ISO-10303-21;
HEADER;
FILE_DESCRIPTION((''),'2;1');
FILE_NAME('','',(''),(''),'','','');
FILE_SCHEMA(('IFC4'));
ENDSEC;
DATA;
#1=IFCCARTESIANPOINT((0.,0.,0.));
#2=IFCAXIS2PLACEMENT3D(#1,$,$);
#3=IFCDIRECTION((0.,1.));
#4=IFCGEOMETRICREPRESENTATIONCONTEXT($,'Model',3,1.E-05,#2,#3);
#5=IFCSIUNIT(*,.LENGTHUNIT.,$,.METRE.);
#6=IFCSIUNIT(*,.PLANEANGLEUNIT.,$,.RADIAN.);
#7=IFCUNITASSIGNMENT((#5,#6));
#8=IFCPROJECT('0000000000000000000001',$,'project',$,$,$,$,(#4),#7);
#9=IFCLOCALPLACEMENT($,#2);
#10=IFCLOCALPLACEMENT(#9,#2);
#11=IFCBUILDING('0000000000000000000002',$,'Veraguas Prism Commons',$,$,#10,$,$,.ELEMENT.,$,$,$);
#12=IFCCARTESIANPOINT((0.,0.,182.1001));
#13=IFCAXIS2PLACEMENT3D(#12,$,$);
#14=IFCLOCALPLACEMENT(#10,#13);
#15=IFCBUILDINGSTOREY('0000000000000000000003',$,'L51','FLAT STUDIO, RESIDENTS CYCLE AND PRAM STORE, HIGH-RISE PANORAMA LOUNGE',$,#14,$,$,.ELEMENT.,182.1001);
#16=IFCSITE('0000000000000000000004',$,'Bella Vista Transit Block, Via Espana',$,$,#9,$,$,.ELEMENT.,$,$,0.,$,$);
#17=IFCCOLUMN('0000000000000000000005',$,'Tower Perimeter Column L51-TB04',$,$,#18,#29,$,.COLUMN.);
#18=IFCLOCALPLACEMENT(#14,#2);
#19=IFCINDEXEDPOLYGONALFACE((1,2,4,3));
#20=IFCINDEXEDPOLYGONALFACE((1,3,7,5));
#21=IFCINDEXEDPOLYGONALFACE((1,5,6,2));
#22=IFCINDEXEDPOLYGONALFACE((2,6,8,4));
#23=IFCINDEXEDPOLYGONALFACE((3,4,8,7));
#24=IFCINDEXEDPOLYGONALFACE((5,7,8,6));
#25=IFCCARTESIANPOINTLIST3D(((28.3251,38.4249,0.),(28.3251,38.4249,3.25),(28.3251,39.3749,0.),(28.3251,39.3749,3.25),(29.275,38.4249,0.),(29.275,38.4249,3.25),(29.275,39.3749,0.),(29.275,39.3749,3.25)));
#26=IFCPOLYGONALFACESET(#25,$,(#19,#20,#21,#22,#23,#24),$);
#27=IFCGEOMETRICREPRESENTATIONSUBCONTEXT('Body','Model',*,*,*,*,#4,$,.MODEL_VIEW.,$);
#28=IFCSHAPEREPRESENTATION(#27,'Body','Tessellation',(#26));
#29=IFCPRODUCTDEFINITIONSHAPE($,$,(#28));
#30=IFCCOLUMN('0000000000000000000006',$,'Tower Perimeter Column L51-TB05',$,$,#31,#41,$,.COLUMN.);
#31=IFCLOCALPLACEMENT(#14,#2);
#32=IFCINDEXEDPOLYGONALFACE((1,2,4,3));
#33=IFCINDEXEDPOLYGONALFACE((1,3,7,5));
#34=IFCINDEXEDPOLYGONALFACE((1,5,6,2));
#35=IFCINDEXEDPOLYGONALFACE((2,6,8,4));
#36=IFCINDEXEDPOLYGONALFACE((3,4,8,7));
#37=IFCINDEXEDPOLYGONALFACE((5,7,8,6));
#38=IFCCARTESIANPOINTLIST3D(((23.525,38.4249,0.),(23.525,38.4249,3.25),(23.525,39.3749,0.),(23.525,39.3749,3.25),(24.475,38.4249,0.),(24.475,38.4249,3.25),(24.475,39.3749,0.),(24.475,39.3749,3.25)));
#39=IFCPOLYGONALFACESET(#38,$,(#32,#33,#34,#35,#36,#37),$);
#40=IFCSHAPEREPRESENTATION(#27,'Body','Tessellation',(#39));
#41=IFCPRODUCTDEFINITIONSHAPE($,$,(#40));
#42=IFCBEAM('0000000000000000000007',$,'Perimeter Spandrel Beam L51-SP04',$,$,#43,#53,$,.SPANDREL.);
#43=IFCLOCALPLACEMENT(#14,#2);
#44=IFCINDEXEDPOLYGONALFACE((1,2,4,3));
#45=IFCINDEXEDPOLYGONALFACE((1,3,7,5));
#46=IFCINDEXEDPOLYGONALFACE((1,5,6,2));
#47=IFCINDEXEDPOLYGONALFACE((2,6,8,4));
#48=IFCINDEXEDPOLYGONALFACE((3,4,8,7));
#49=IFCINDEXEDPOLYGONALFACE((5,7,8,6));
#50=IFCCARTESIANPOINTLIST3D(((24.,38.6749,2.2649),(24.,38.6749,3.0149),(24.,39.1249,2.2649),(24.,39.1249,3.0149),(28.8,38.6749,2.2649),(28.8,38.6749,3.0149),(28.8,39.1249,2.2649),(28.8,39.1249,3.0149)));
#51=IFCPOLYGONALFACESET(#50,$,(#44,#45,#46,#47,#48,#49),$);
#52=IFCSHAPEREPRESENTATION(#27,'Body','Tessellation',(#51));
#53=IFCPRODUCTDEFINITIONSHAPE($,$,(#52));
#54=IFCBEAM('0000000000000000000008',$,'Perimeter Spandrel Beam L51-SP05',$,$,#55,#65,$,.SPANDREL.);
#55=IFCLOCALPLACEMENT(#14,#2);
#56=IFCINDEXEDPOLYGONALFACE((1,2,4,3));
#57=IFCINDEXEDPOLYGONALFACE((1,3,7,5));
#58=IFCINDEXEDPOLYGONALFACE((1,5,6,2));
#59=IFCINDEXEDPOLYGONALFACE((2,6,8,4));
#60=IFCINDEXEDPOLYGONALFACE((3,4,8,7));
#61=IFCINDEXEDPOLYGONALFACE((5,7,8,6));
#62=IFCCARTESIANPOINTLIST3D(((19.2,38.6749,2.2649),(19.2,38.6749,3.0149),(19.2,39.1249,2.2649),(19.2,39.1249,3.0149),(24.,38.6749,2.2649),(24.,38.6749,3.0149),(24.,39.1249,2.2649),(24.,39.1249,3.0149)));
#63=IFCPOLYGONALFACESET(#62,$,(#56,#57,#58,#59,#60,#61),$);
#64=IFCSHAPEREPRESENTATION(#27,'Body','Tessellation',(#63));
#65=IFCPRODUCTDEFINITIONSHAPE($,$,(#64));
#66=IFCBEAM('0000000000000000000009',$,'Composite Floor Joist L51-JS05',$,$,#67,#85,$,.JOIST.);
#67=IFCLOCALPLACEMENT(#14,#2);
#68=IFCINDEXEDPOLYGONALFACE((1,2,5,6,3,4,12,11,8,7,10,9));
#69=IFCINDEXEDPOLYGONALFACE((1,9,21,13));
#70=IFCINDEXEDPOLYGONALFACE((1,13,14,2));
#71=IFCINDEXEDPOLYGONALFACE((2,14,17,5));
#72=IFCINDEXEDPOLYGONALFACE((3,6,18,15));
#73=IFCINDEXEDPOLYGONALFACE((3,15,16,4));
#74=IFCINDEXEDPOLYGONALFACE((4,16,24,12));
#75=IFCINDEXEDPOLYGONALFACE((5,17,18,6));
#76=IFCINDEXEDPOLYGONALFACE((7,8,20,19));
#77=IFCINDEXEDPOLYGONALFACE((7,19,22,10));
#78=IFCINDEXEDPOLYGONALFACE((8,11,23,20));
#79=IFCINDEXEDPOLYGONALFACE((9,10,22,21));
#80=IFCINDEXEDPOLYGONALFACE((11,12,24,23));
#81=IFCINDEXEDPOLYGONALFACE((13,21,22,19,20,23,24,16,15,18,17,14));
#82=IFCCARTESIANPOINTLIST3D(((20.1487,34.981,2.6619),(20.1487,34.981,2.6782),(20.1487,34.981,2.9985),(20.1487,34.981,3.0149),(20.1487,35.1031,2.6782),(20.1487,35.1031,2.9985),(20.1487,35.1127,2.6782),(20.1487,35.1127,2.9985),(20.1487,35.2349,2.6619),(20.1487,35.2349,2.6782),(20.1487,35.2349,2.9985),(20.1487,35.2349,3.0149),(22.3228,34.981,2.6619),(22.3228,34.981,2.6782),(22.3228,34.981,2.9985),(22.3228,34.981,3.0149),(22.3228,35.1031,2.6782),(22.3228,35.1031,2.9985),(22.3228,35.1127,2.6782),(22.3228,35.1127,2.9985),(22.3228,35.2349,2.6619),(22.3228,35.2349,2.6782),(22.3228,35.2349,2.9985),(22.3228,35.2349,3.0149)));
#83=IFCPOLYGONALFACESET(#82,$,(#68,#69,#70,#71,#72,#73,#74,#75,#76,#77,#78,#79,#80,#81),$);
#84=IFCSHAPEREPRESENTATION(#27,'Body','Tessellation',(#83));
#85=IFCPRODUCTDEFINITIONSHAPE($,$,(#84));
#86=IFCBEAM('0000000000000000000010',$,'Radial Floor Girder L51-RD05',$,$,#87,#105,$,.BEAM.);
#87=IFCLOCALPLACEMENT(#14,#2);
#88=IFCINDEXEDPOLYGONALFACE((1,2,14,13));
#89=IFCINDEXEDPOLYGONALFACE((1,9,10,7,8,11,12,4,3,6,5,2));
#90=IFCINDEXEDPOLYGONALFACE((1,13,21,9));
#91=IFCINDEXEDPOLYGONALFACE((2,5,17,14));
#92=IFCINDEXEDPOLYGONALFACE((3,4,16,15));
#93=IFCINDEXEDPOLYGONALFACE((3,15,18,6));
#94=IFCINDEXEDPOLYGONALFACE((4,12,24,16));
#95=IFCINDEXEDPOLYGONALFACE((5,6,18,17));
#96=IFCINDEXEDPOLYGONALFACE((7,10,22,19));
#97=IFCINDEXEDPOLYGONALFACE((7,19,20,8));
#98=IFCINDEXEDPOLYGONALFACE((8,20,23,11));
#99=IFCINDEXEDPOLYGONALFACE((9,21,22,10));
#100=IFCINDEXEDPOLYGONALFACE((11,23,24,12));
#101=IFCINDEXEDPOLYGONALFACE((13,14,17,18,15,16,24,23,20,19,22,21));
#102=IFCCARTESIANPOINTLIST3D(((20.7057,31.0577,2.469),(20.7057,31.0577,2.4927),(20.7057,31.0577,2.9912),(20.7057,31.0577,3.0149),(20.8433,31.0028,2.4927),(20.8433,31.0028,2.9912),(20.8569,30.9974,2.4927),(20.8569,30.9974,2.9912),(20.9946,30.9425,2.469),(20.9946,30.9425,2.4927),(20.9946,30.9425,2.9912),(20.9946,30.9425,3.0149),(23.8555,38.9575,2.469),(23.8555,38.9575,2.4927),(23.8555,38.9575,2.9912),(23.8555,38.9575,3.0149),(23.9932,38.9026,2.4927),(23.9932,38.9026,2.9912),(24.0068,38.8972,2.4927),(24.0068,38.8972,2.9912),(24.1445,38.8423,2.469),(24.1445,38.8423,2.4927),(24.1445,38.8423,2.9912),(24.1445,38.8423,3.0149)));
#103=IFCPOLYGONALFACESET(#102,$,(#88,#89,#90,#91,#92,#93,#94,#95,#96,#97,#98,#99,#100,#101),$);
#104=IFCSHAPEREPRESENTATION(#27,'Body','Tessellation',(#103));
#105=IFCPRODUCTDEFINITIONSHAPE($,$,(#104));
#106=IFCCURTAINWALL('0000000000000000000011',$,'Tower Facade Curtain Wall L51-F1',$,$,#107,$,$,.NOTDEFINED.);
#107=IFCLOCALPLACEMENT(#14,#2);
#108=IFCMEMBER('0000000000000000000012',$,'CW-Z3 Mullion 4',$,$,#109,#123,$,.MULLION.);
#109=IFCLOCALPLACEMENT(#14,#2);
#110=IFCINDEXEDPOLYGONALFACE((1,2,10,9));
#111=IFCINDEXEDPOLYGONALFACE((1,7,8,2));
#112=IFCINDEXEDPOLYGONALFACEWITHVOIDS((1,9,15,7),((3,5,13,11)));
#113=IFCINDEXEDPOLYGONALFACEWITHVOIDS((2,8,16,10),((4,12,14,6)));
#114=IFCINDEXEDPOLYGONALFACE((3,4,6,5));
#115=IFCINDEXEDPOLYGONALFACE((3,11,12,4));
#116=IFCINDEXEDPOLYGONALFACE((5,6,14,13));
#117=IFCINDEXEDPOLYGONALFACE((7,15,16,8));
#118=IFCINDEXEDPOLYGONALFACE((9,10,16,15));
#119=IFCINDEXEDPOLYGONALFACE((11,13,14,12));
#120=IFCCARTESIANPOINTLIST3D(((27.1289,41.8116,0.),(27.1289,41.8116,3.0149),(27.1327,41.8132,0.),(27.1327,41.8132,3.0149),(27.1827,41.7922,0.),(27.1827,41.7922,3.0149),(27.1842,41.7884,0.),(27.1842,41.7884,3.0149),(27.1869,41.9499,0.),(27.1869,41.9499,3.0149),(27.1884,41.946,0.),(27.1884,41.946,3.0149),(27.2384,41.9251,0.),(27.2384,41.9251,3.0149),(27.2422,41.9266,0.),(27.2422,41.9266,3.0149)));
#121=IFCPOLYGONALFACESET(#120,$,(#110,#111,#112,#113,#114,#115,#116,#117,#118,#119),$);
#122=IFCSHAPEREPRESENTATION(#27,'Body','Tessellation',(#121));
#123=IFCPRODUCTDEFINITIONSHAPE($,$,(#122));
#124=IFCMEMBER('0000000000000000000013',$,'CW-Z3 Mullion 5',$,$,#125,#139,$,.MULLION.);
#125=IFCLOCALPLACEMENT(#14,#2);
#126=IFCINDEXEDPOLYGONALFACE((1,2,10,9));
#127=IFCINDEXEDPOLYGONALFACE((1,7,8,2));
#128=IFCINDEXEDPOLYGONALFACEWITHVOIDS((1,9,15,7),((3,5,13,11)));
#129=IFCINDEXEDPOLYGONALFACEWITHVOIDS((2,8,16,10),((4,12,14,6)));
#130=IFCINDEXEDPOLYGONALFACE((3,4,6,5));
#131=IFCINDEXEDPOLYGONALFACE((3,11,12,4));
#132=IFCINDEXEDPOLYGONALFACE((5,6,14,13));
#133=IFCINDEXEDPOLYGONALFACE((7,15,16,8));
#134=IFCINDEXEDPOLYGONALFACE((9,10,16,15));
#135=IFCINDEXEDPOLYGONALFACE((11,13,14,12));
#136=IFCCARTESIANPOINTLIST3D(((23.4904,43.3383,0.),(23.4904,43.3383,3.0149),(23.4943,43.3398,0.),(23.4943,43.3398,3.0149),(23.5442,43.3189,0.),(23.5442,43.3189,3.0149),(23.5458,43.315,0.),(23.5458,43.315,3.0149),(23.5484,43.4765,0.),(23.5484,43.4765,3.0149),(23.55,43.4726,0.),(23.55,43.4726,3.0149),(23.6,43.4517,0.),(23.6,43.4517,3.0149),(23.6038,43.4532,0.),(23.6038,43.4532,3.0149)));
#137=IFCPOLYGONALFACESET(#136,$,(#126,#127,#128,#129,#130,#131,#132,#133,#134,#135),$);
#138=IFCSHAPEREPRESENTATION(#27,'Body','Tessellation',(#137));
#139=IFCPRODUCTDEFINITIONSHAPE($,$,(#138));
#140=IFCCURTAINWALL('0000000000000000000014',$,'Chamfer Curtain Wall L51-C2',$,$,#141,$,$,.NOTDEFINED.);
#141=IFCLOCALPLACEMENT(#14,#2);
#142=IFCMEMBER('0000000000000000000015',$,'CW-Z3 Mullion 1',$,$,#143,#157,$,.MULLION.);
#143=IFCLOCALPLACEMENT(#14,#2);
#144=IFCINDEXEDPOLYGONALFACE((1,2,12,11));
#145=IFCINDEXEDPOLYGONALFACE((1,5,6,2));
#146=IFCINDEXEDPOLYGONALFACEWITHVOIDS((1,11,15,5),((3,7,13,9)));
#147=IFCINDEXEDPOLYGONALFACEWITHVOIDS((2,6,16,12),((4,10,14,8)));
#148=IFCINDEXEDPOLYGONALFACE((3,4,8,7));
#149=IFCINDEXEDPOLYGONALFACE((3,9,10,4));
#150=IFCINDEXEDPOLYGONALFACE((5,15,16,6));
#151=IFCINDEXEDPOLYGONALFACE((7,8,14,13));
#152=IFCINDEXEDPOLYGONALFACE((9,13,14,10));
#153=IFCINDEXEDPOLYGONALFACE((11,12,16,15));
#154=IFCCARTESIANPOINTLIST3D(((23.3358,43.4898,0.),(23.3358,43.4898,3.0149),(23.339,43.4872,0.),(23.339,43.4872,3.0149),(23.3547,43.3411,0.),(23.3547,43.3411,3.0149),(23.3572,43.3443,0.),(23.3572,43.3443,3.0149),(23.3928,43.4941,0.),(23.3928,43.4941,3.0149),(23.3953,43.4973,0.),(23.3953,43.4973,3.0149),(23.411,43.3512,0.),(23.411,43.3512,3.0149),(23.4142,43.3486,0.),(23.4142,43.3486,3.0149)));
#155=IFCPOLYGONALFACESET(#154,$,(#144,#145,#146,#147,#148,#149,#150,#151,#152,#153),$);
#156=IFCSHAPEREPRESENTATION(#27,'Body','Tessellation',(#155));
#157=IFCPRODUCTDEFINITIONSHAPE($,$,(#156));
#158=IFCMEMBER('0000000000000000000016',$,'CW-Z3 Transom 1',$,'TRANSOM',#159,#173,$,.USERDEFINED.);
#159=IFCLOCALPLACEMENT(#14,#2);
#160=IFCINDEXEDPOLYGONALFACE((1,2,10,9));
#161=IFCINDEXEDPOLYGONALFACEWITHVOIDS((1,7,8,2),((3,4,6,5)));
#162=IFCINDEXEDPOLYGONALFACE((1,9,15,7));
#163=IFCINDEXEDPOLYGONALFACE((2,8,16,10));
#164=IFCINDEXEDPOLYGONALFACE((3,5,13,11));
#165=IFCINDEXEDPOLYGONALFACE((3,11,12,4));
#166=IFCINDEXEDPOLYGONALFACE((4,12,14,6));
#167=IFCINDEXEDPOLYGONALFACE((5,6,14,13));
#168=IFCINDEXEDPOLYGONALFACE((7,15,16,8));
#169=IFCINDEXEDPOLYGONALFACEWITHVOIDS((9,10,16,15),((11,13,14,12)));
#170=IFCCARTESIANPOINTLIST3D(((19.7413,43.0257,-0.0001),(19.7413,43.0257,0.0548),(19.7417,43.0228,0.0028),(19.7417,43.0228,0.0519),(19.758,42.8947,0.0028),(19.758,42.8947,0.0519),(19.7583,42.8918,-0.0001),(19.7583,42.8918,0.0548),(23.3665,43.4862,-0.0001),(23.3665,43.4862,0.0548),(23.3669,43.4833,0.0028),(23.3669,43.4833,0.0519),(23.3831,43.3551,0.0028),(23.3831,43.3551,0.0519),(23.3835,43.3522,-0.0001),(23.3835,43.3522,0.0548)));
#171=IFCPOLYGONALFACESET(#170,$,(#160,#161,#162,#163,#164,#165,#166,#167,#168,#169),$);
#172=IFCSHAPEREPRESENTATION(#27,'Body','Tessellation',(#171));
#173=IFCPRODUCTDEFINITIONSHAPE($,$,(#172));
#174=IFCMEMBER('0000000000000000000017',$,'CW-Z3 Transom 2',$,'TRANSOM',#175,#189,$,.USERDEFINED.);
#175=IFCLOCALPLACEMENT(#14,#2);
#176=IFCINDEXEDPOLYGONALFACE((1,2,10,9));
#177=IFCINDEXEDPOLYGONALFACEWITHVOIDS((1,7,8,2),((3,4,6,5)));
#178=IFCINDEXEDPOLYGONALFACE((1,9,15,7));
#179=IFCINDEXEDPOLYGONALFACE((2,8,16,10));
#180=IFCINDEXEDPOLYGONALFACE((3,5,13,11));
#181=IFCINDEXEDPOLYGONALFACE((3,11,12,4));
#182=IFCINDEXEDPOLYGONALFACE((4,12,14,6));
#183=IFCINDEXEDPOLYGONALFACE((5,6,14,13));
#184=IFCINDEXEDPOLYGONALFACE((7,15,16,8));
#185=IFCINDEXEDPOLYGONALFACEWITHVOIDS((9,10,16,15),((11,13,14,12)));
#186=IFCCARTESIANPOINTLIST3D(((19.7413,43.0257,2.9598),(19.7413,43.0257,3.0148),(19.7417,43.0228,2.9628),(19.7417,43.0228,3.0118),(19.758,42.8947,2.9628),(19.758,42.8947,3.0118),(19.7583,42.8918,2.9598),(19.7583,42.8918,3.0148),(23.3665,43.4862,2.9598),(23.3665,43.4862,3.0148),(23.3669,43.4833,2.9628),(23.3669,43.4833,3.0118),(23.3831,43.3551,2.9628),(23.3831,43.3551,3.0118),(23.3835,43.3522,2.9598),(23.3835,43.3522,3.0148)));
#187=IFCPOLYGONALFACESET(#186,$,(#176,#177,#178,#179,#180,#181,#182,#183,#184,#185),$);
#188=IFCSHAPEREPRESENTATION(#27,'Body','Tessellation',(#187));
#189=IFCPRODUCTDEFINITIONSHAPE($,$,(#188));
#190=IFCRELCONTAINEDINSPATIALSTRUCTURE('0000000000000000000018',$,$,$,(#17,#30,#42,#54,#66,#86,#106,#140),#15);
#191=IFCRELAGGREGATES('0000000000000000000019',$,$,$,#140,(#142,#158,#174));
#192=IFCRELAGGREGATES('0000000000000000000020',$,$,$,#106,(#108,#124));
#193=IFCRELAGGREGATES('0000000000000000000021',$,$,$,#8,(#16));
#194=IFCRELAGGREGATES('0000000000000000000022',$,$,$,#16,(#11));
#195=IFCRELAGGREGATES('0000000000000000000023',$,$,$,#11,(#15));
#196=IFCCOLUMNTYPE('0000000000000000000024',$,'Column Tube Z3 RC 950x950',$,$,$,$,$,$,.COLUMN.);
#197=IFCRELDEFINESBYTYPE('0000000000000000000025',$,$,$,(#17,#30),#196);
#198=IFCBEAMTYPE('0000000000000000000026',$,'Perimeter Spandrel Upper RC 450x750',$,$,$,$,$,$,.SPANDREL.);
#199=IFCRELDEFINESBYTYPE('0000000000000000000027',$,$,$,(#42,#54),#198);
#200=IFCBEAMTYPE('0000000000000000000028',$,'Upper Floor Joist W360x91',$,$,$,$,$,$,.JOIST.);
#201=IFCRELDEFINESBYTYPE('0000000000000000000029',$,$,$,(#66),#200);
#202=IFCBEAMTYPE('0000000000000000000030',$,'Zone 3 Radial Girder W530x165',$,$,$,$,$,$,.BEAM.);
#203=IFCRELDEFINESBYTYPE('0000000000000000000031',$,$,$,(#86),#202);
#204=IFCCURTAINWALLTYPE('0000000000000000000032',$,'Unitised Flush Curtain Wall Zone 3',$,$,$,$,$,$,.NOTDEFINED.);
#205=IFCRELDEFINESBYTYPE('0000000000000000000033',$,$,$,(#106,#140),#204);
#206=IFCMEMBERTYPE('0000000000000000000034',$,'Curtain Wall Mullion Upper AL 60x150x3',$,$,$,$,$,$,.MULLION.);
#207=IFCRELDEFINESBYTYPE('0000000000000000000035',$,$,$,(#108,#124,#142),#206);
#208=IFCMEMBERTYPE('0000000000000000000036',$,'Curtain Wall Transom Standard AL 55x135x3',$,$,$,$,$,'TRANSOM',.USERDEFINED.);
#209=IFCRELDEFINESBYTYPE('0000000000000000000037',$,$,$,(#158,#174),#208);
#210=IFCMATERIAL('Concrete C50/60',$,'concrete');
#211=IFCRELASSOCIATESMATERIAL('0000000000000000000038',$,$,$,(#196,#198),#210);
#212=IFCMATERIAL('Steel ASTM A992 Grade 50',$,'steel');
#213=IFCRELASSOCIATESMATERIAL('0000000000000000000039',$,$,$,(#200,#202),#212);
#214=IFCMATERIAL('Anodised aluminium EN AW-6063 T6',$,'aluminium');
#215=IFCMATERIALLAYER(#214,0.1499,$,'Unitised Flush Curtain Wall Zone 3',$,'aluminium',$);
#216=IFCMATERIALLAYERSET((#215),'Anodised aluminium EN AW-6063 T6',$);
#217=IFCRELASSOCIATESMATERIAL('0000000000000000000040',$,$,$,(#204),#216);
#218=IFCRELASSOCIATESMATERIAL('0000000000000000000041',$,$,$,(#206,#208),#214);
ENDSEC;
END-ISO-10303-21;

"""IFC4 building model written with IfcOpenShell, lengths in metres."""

from ifc_helpers import new_model, si_unit, direction, frame, origin, origin_2d, place, context, subcontext, project, spatial, rectangle, hollow_rectangle, i_section, extrude, source, transform, mapped, material, layer, layer_set, material_profile, profile_set, type_object, element, aggregate, save


model = new_model("IFC4")

# Units and contexts
model_context = context("Model", 3, precision=1e-05, world=origin(), true_north=direction((0.0, 1.0)))
body_context = subcontext(model_context, "Body", "Model", "MODEL_VIEW")
ifc_project = project(units=[si_unit("LENGTHUNIT", "METRE"), si_unit("PLANEANGLEUNIT", "RADIAN")], contexts=[model_context])

# Site, building, storey
site_placement = place(None, origin())
site = spatial("IfcSite", under=ifc_project, at=site_placement, Name="Bella Vista Transit Block, Via Espana", CompositionType="ELEMENT", RefElevation=0.0)
building_placement = place(site_placement, origin())
building = spatial("IfcBuilding", under=site, at=building_placement, Name="Veraguas Prism Commons", CompositionType="ELEMENT")
storey_placement = place(building_placement, frame((0.0, 0.0, 182.1001)))
storey = spatial("IfcBuildingStorey", under=building, at=storey_placement, Name="L51", Description="FLAT STUDIO, RESIDENTS CYCLE AND PRAM STORE, HIGH-RISE PANORAMA LOUNGE", CompositionType="ELEMENT", Elevation=182.1001)

# Columns
ifc_material_1 = material(Name="Concrete C50/60", Category="concrete")
ifc_material_profile_1 = material_profile(ifc_material_1, rectangle(XDim=0.95, YDim=0.95, at=origin_2d()), Name="RC950X950")
ifc_profile_set_1 = profile_set([ifc_material_profile_1], Name="Concrete C50/60")
column_type = type_object("IfcColumnType", Name="Column Tube Z3 RC 950x950", PredefinedType="COLUMN", material=ifc_profile_set_1)
for number, where, z_axis, x_axis, name in (
    (1, (28.8, 38.8999, 0.0), (0.0, 0.0, 1.0), (1.0, 0.0, 0.0), "Tower Perimeter Column L51-TB04"),
    (2, (24.0, 38.8999, 0.0), (0.0, 0.0, 1.0), (1.0, 0.0, 0.0), "Tower Perimeter Column L51-TB05"),
):
    element("IfcColumn", number, at=place(storey_placement, frame(where, z_axis=z_axis, x_axis=x_axis)), inside=storey, type_object=column_type, Name=name, PredefinedType="COLUMN", context=body_context, shape_type="SweptSolid", body=[
        extrude(rectangle(XDim=0.95, YDim=0.95, at=origin_2d()), origin(), (0.0, 0.0, 1.0), 3.25),
    ])

# Beams
ifc_material_profile_2 = material_profile(ifc_material_1, rectangle(XDim=0.45, YDim=0.75, at=origin_2d()), Name="RC450X750")
ifc_profile_set_2 = profile_set([ifc_material_profile_2], Name="Concrete C50/60")
beam_type_1 = type_object("IfcBeamType", Name="Perimeter Spandrel Upper RC 450x750", PredefinedType="SPANDREL", material=ifc_profile_set_2)
for number, where, z_axis, x_axis, name in (
    (3, (28.8, 38.8999, 2.6399), (-1.0, 0.0, 0.0), (0.0, -1.0, 0.0), "Perimeter Spandrel Beam L51-SP04"),
    (4, (24.0, 38.8999, 2.6399), (-1.0, 0.0, 0.0), (0.0, -1.0, 0.0), "Perimeter Spandrel Beam L51-SP05"),
):
    element("IfcBeam", number, at=place(storey_placement, frame(where, z_axis=z_axis, x_axis=x_axis)), inside=storey, type_object=beam_type_1, Name=name, PredefinedType="SPANDREL", context=body_context, shape_type="SweptSolid", body=[
        extrude(rectangle(XDim=0.45, YDim=0.75, at=origin_2d()), origin(), (0.0, 0.0, 1.0), 4.8),
    ])
ifc_material_2 = material(Name="Steel ASTM A992 Grade 50", Category="steel")
ifc_material_profile_3 = material_profile(ifc_material_2, i_section(OverallWidth=0.2539, OverallDepth=0.353, WebThickness=0.0095, FlangeThickness=0.0164, at=origin_2d()), Name="W360X91")
ifc_profile_set_3 = profile_set([ifc_material_profile_3], Name="Steel ASTM A992 Grade 50")
beam_type_2 = type_object("IfcBeamType", Name="Upper Floor Joist W360x91", PredefinedType="JOIST", material=ifc_profile_set_3)
beam_1_placement = place(storey_placement, frame((22.3228, 35.1079, 2.8384), z_axis=(-1.0, 0.0, 0.0), x_axis=(0.0, -1.0, 0.0)))
element("IfcBeam", 5, at=beam_1_placement, inside=storey, type_object=beam_type_2, Name="Composite Floor Joist L51-JS05", PredefinedType="JOIST", context=body_context, shape_type="SweptSolid", body=[
    extrude(i_section(OverallWidth=0.2539, OverallDepth=0.353, WebThickness=0.0095, FlangeThickness=0.0164, at=origin_2d()), origin(), (0.0, 0.0, 1.0), 2.1741),
])
ifc_material_profile_4 = material_profile(ifc_material_2, i_section(OverallWidth=0.311, OverallDepth=0.5459, WebThickness=0.0146, FlangeThickness=0.0237, at=origin_2d()), Name="W530X165")
ifc_profile_set_4 = profile_set([ifc_material_profile_4], Name="Steel ASTM A992 Grade 50")
beam_type_3 = type_object("IfcBeamType", Name="Zone 3 Radial Girder W530x165", PredefinedType="BEAM", material=ifc_profile_set_4)
beam_2_placement = place(storey_placement, frame((24.0, 38.8999, 2.7419), z_axis=(-0.370371, -0.928884, 0.0), x_axis=(0.928884, -0.370371, 0.0)))
element("IfcBeam", 6, at=beam_2_placement, inside=storey, type_object=beam_type_3, Name="Radial Floor Girder L51-RD05", PredefinedType="BEAM", context=body_context, shape_type="SweptSolid", body=[
    extrude(i_section(OverallWidth=0.311, OverallDepth=0.5459, WebThickness=0.0146, FlangeThickness=0.0237, at=origin_2d()), origin(), (0.0, 0.0, 1.0), 8.5046),
])

# Curtain walls, members
ifc_material_3 = material(Name="Anodised aluminium EN AW-6063 T6", Category="aluminium")
ifc_layer_1 = layer(ifc_material_3, 0.1499, Name="Unitised Flush Curtain Wall Zone 3", Category="aluminium")
ifc_layer_set_1 = layer_set([ifc_layer_1], Name="Anodised aluminium EN AW-6063 T6")
curtain_wall_type = type_object("IfcCurtainWallType", Name="Unitised Flush Curtain Wall Zone 3", PredefinedType="NOTDEFINED", material=ifc_layer_set_1)
curtain_wall_1_placement = place(storey_placement, origin())
curtain_wall_1 = element("IfcCurtainWall", 7, at=curtain_wall_1_placement, inside=storey, type_object=curtain_wall_type, Name="Tower Facade Curtain Wall L51-F1", PredefinedType="NOTDEFINED")
ifc_material_profile_5 = material_profile(ifc_material_3, hollow_rectangle(XDim=0.0601, YDim=0.1499, WallThickness=0.0029, at=origin_2d()), Name="AL60X150X3")
ifc_profile_set_5 = profile_set([ifc_material_profile_5], Name="Anodised aluminium EN AW-6063 T6")
member_type_1 = type_object("IfcMemberType", Name="Curtain Wall Mullion Upper AL 60x150x3", PredefinedType="MULLION", material=ifc_profile_set_5)
shared_shape_1 = source(origin(), body_context, "Body", "SweptSolid", [
    extrude(hollow_rectangle(XDim=0.0601, YDim=0.1499, WallThickness=0.0029, at=origin_2d()), origin(), (0.0, 0.0, 1.0), 3.0149),
])
member_1_placement = place(storey_placement, frame((27.1855, 41.8691, 0.0), z_axis=(0.0, 0.0, 1.0), x_axis=(-0.922134, 0.38687, 0.0)))
member_1 = element("IfcMember", 8, at=member_1_placement, type_object=member_type_1, Name="CW-Z3 Mullion 4", PredefinedType="MULLION", context=body_context, shape_type="MappedRepresentation", body=[
    mapped(shared_shape_1, transform((0.0, 0.0, 0.0), scale=1.0)),
])
member_2_placement = place(storey_placement, frame((23.5471, 43.3958, 0.0), z_axis=(0.0, 0.0, 1.0), x_axis=(-0.922134, 0.38687, 0.0)))
member_2 = element("IfcMember", 9, at=member_2_placement, type_object=member_type_1, Name="CW-Z3 Mullion 5", PredefinedType="MULLION", context=body_context, shape_type="MappedRepresentation", body=[
    mapped(shared_shape_1, transform((0.0, 0.0, 0.0), scale=1.0)),
])
curtain_wall_2_placement = place(storey_placement, origin())
curtain_wall_2 = element("IfcCurtainWall", 10, at=curtain_wall_2_placement, inside=storey, type_object=curtain_wall_type, Name="Chamfer Curtain Wall L51-C2", PredefinedType="NOTDEFINED")
member_3_placement = place(storey_placement, frame((23.375, 43.4192, 0.0), z_axis=(0.0, 0.0, 1.0), x_axis=(-0.992031, -0.125996, 0.0)))
member_3 = element("IfcMember", 11, at=member_3_placement, type_object=member_type_1, Name="CW-Z3 Mullion 1", PredefinedType="MULLION", context=body_context, shape_type="MappedRepresentation", body=[
    mapped(shared_shape_1, transform((0.0, 0.0, 0.0), scale=1.0)),
])
ifc_material_profile_6 = material_profile(ifc_material_3, hollow_rectangle(XDim=0.0549, YDim=0.135, WallThickness=0.0029, at=origin_2d()), Name="AL55X135X3")
ifc_profile_set_6 = profile_set([ifc_material_profile_6], Name="Anodised aluminium EN AW-6063 T6")
member_type_2 = type_object("IfcMemberType", Name="Curtain Wall Transom Standard AL 55x135x3", ElementType="TRANSOM", PredefinedType="USERDEFINED", material=ifc_profile_set_6)
shared_shape_2 = source(origin(), body_context, "Body", "SweptSolid", [
    extrude(hollow_rectangle(XDim=0.0549, YDim=0.135, WallThickness=0.0029, at=origin_2d()), origin(), (0.0, 0.0, 1.0), 3.6543),
])
member_4_placement = place(storey_placement, frame((23.375, 43.4192, 0.0273), z_axis=(-0.99203, -0.126, 0.0), x_axis=(0.0, 0.0, 1.0)))
member_4 = element("IfcMember", 12, at=member_4_placement, type_object=member_type_2, Name="CW-Z3 Transom 1", ObjectType="TRANSOM", PredefinedType="USERDEFINED", context=body_context, shape_type="MappedRepresentation", body=[
    mapped(shared_shape_2, transform((0.0, 0.0, 0.0), scale=1.0)),
])
member_5_placement = place(storey_placement, frame((23.375, 43.4192, 2.9873), z_axis=(-0.99203, -0.126, 0.0), x_axis=(0.0, 0.0, 1.0)))
member_5 = element("IfcMember", 13, at=member_5_placement, type_object=member_type_2, Name="CW-Z3 Transom 2", ObjectType="TRANSOM", PredefinedType="USERDEFINED", context=body_context, shape_type="MappedRepresentation", body=[
    mapped(shared_shape_2, transform((0.0, 0.0, 0.0), scale=1.0)),
])
aggregate(curtain_wall_2, [member_3, member_4, member_5])

aggregate(curtain_wall_1, [member_1, member_2])

save(model, "model.ifc")
